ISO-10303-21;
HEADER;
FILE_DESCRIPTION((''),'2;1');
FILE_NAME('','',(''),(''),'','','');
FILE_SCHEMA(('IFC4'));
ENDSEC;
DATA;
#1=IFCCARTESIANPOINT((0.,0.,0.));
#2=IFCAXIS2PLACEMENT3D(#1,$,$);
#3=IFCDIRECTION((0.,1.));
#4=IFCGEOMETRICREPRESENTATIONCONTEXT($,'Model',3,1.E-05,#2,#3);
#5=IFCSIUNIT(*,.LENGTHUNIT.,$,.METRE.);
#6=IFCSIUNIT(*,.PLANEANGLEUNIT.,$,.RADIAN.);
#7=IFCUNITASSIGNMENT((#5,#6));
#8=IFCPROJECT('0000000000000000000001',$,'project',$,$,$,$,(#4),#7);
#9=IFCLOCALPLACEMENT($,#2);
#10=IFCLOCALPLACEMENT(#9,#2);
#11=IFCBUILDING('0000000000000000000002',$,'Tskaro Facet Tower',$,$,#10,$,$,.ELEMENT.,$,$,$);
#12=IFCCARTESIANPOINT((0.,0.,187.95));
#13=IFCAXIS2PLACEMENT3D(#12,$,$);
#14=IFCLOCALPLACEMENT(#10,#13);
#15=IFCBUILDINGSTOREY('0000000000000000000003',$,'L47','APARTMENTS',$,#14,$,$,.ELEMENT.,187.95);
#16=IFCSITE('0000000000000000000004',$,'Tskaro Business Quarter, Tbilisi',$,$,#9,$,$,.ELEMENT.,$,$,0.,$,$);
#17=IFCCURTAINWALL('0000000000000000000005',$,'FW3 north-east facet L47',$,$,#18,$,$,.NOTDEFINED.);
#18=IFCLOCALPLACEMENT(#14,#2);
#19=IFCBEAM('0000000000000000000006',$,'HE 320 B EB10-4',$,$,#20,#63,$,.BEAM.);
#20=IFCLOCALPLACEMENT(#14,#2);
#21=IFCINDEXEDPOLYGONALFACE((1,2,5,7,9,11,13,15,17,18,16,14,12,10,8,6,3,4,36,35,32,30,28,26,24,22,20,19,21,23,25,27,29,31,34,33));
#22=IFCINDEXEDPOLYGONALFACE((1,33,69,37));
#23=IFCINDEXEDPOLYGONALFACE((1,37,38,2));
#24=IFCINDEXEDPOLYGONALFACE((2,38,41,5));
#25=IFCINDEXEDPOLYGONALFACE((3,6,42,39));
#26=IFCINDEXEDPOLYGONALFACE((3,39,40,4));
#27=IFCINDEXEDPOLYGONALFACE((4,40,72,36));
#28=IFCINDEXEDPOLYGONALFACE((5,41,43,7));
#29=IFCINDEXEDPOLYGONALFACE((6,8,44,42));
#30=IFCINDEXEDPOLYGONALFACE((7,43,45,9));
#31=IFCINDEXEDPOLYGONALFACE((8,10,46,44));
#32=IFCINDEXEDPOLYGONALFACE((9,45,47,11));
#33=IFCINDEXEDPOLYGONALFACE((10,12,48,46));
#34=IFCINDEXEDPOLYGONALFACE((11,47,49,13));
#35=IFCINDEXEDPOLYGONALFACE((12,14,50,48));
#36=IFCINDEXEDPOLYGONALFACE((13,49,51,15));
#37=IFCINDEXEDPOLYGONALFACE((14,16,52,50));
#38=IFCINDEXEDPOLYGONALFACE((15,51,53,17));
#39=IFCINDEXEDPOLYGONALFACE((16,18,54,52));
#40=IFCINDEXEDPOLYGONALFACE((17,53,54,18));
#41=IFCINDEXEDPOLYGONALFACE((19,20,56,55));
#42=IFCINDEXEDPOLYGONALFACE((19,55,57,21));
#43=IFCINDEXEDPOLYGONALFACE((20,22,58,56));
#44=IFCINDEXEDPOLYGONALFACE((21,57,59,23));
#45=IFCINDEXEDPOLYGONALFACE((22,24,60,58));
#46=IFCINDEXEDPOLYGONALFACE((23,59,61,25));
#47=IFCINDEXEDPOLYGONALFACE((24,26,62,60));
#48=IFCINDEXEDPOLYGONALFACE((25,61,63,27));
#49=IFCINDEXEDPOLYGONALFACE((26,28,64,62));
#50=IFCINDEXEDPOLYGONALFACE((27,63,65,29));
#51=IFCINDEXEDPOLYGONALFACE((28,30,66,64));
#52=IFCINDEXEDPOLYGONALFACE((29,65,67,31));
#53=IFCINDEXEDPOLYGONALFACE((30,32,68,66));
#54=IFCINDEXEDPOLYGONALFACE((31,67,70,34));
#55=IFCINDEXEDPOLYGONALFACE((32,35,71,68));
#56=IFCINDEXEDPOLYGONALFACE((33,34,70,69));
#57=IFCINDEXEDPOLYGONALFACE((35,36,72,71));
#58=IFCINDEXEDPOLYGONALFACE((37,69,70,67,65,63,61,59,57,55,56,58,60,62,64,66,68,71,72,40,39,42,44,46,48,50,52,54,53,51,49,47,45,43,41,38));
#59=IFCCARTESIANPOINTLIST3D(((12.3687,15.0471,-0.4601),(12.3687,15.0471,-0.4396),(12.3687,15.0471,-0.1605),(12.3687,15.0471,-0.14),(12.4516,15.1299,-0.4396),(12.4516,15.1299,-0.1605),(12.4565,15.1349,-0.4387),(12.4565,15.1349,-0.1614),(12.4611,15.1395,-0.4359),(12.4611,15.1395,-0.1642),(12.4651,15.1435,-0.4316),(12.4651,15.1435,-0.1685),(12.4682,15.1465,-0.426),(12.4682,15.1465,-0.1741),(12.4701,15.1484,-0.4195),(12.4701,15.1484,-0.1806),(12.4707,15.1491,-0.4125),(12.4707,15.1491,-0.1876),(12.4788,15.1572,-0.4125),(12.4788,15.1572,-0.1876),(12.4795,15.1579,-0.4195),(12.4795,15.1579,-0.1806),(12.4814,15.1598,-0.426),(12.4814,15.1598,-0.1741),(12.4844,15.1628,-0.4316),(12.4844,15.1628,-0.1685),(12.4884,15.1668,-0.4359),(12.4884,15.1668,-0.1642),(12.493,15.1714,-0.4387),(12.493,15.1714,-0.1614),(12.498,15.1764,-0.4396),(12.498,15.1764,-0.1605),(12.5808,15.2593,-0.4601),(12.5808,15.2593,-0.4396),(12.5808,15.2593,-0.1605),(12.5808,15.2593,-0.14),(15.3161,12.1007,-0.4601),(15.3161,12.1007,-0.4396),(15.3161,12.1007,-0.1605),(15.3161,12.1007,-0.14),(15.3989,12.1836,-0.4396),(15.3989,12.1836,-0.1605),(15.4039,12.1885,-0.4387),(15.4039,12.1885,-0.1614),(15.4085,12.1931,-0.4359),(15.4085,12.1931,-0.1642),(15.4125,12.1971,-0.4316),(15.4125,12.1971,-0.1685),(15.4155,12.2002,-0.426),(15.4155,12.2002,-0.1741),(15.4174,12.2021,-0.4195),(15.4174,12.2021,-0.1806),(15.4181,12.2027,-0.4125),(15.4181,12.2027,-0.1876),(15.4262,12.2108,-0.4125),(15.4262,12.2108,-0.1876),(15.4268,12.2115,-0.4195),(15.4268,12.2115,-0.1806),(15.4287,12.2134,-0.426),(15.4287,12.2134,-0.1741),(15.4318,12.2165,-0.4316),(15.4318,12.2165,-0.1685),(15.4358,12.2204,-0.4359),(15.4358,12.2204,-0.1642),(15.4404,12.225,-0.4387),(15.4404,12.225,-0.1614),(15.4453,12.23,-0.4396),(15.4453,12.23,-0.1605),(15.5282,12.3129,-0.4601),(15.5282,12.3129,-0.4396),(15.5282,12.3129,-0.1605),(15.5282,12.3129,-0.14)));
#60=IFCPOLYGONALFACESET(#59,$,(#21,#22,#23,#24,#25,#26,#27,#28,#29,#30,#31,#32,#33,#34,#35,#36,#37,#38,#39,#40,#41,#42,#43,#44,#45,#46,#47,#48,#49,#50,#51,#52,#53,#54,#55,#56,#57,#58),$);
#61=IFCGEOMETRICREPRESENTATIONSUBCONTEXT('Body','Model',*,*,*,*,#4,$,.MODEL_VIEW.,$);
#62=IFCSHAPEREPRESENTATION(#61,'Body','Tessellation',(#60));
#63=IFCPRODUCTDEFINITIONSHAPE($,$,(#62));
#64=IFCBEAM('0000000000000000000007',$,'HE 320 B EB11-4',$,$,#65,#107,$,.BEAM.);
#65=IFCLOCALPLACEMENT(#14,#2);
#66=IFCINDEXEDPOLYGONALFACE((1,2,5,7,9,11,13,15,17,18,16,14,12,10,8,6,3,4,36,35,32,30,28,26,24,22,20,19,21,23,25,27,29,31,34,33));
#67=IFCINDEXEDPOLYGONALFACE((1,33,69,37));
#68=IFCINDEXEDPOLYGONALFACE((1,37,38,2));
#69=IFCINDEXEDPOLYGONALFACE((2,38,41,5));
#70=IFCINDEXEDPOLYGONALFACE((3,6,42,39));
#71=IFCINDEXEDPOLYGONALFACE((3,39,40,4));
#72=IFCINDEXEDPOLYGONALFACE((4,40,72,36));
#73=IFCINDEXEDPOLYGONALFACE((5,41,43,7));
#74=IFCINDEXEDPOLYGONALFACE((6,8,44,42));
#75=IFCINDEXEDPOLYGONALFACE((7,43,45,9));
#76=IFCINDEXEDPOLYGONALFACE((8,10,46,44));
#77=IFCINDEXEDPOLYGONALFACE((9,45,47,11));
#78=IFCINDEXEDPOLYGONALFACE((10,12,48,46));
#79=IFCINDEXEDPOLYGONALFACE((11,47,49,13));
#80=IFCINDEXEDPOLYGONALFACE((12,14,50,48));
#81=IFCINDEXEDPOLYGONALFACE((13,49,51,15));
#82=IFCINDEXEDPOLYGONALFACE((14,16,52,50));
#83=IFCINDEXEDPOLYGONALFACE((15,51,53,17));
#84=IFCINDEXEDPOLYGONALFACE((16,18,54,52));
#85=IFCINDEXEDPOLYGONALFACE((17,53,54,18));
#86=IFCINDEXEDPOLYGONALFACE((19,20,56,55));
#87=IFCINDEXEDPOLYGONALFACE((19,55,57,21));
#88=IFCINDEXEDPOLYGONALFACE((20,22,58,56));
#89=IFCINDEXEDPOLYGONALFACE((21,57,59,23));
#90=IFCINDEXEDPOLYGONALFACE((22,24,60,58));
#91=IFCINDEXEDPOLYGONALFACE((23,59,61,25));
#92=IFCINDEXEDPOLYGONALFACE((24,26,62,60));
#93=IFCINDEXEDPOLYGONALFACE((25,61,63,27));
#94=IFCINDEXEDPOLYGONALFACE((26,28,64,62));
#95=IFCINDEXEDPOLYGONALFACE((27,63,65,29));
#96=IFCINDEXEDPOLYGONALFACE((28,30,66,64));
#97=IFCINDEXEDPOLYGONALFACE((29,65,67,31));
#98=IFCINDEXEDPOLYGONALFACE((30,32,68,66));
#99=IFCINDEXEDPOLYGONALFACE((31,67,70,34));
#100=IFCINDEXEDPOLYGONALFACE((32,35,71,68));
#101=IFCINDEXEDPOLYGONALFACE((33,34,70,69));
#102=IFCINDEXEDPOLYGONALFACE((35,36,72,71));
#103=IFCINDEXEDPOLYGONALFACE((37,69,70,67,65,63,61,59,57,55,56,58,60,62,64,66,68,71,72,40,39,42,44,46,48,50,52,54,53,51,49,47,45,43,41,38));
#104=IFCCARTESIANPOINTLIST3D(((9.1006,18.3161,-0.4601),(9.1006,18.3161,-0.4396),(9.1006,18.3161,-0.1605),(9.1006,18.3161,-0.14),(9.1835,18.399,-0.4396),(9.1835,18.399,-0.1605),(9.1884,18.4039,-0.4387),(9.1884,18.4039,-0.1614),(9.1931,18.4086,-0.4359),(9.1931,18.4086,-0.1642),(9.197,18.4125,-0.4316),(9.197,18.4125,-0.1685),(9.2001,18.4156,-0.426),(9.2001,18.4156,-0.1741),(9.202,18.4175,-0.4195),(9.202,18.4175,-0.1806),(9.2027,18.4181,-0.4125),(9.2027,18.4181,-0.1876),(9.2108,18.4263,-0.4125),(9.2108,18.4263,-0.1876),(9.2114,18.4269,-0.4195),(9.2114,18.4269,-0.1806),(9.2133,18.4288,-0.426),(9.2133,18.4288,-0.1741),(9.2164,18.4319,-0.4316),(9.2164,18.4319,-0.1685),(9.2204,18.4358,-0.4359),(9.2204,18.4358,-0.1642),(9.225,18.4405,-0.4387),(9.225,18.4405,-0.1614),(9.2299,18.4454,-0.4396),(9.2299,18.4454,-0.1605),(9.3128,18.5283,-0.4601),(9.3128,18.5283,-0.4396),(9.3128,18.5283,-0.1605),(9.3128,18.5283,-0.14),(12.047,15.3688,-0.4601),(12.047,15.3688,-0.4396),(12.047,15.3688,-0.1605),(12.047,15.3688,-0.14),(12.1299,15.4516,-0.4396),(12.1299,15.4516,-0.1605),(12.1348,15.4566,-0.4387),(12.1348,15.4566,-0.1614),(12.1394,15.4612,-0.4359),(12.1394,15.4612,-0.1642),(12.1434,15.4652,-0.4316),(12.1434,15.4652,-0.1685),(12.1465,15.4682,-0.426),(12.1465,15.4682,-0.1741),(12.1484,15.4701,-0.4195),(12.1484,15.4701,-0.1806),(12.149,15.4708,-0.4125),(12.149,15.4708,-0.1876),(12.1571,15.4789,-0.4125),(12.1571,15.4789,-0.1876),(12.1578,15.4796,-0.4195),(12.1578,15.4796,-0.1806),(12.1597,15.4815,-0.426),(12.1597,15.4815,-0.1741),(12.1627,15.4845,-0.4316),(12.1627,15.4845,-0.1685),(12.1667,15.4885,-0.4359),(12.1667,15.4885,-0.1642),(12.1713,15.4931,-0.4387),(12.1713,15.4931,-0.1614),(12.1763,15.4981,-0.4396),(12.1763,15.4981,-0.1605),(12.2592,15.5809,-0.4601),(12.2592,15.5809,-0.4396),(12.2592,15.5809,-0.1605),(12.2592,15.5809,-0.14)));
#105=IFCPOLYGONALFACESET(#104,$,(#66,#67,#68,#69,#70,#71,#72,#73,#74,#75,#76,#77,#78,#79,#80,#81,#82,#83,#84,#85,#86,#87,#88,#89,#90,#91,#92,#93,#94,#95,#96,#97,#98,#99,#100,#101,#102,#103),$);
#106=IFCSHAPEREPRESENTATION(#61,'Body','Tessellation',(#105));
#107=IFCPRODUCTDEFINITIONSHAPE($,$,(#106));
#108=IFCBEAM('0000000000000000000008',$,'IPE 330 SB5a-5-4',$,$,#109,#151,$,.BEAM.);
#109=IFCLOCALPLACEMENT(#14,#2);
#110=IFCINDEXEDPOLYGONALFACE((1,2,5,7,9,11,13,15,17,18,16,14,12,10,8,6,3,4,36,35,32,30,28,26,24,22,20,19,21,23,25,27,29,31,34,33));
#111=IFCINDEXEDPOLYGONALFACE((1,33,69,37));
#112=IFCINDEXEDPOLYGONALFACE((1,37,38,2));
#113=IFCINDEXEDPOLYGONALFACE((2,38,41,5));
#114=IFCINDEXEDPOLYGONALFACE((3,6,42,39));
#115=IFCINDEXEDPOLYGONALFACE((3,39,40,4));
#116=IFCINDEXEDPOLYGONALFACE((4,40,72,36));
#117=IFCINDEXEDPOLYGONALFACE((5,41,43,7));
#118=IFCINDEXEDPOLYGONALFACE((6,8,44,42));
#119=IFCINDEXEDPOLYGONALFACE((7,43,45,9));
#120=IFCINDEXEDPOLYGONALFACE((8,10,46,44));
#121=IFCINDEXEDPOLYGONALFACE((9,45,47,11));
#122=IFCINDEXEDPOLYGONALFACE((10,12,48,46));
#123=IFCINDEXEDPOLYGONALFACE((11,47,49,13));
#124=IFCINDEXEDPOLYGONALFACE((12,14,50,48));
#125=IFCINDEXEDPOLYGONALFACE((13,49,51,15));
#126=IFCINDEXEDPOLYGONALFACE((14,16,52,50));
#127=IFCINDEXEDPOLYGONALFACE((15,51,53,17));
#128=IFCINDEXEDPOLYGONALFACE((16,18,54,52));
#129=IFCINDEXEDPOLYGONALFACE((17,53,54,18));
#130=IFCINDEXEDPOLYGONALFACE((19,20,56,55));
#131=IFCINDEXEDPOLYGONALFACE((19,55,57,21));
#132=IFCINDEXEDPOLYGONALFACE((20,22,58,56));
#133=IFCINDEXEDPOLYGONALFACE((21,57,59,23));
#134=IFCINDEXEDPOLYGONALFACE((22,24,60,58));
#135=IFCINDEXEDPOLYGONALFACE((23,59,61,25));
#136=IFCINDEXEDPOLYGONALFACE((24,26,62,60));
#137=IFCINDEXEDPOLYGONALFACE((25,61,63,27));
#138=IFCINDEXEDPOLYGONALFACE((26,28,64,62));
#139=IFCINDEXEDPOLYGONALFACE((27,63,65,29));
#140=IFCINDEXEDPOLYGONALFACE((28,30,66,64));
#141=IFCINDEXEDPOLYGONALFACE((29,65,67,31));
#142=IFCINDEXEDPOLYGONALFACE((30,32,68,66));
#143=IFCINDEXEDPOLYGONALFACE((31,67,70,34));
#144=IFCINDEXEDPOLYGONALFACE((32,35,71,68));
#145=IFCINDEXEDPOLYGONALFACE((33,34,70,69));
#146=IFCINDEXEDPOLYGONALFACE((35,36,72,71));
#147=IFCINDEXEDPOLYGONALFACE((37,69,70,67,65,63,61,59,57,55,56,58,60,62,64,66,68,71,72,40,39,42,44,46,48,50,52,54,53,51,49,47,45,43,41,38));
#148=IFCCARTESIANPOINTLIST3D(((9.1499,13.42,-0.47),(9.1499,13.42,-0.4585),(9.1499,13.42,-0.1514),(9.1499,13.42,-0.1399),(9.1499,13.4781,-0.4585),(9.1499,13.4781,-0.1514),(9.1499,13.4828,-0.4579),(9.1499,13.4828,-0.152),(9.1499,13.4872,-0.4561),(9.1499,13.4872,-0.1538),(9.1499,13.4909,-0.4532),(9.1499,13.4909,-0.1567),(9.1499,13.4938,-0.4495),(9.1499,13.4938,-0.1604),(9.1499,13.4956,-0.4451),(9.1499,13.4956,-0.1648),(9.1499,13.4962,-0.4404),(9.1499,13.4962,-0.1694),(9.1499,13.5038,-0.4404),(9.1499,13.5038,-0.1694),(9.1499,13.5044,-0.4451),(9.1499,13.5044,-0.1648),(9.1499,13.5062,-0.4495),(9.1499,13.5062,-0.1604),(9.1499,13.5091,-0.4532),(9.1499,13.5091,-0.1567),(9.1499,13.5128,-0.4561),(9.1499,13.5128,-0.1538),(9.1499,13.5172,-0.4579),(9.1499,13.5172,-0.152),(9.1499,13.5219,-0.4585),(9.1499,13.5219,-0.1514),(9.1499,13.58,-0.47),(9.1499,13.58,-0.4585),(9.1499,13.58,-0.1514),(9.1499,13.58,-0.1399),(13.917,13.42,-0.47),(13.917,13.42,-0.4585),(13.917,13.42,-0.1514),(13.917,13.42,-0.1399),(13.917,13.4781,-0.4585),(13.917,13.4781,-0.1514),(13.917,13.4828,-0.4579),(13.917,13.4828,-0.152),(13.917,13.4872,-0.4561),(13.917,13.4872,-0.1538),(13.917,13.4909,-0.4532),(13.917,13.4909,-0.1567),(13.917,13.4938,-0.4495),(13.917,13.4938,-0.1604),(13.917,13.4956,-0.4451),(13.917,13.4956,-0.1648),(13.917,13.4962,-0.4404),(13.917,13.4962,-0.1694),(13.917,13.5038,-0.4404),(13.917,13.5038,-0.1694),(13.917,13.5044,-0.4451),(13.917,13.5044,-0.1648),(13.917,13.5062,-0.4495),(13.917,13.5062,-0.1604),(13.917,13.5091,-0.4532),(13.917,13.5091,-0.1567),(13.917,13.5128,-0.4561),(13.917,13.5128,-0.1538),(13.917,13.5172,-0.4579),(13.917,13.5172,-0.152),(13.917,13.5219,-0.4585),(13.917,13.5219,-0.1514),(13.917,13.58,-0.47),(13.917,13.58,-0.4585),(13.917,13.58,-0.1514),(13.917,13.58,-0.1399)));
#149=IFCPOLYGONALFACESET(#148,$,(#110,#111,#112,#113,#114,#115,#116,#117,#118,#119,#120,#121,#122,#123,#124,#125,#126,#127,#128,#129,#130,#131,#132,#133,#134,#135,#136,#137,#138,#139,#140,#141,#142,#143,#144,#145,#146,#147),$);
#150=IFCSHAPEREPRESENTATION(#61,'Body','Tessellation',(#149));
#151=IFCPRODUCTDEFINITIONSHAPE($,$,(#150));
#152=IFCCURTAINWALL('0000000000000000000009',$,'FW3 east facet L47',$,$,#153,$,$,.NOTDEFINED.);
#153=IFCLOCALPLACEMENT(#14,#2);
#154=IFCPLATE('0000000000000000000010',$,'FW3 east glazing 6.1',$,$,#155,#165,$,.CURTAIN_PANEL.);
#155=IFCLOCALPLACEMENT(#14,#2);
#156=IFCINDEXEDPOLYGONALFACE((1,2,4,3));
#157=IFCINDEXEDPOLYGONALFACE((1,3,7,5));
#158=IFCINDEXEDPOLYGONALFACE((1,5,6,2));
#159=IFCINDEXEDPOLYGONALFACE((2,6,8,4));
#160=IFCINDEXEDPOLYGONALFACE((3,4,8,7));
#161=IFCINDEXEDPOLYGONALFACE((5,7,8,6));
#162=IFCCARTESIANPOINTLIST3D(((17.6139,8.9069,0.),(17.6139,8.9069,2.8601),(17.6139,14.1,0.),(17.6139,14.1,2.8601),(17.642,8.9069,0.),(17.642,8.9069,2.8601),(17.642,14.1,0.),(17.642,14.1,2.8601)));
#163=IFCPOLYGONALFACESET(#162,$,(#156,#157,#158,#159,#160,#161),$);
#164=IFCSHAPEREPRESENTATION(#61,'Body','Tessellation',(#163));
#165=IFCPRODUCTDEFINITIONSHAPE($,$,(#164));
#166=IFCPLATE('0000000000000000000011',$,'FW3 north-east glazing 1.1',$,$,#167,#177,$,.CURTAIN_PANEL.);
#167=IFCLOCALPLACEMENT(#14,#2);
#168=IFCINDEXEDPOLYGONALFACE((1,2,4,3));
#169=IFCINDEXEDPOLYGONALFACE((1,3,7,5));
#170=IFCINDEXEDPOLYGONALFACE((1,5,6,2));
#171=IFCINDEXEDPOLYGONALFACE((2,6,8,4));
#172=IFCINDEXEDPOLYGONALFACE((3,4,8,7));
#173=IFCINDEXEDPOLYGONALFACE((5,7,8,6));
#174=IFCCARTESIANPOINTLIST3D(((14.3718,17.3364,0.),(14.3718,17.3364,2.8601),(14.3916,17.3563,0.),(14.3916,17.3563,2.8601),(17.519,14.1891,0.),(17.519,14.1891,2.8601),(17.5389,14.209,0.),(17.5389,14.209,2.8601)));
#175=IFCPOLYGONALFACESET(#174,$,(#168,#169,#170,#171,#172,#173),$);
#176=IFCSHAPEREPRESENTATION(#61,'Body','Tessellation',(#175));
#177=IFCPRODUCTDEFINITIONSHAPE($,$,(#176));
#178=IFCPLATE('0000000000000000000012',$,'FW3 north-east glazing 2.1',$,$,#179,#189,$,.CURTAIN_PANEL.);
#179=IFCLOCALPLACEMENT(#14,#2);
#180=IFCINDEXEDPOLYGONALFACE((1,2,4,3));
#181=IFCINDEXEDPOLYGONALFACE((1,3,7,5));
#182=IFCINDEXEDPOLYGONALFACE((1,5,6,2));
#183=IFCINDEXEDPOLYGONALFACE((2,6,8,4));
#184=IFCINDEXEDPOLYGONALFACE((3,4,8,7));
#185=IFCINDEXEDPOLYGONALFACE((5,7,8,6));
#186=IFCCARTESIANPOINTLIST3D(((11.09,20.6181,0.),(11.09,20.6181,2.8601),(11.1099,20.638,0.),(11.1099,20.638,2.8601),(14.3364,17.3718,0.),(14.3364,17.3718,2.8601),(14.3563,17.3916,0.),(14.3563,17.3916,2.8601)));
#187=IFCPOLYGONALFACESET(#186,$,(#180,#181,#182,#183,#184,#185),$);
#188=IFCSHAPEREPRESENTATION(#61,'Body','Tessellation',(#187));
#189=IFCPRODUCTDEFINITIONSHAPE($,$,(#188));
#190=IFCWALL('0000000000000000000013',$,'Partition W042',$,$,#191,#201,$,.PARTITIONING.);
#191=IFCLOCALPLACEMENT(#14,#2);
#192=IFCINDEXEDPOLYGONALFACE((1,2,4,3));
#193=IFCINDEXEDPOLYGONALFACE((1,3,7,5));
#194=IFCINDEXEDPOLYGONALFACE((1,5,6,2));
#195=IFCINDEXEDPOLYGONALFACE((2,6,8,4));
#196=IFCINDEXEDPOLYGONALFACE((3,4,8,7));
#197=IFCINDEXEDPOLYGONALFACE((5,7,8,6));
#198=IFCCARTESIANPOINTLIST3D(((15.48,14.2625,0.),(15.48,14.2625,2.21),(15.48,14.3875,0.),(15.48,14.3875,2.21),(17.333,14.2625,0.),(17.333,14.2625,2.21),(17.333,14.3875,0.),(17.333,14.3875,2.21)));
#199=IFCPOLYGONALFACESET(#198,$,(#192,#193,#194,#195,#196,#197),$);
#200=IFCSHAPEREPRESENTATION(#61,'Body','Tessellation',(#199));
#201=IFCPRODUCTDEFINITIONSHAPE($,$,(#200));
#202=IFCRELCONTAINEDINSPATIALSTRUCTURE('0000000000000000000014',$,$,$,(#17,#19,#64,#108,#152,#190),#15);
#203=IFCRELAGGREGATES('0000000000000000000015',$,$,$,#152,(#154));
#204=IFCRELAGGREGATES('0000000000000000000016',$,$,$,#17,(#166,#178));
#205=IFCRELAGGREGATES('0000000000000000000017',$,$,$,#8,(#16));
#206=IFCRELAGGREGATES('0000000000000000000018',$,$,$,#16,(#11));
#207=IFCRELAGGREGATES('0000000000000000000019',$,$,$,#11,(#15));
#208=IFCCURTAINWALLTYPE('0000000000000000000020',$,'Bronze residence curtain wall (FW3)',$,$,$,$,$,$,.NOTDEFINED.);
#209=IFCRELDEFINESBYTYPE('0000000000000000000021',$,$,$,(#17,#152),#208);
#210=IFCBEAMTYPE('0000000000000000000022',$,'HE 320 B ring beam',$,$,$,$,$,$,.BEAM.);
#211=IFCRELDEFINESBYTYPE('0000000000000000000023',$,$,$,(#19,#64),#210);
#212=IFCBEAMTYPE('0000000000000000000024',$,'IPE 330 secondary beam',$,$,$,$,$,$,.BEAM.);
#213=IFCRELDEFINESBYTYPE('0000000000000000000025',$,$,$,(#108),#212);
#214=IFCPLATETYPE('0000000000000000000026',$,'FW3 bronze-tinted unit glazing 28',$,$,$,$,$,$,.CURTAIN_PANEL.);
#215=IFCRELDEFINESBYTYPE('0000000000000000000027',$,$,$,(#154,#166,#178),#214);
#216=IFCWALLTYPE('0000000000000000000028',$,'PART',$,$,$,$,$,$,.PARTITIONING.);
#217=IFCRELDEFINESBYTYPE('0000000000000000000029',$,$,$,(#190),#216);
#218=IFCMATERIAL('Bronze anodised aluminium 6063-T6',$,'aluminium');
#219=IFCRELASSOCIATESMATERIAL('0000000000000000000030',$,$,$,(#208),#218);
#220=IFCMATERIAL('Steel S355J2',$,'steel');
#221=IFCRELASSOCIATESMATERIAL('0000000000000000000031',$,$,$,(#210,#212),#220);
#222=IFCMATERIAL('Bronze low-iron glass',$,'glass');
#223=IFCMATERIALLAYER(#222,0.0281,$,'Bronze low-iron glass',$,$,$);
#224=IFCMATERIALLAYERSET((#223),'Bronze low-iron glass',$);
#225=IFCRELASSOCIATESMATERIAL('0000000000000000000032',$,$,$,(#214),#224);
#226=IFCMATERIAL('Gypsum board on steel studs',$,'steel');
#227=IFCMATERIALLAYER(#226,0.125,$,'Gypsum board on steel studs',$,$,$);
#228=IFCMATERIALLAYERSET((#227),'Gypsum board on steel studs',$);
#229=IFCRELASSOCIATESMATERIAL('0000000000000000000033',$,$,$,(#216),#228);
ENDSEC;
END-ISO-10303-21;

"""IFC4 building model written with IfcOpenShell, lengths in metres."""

from ifc_helpers import new_model, si_unit, direction, frame, frame_2d, origin, origin_2d, place, context, subcontext, project, spatial, rectangle, i_section, extrude, material, layer, layer_set, material_profile, profile_set, type_object, element, aggregate, save


model = new_model("IFC4")

# Units and contexts
model_context = context("Model", 3, precision=1e-05, world=origin(), true_north=direction((0.0, 1.0)))
body_context = subcontext(model_context, "Body", "Model", "MODEL_VIEW")
ifc_project = project(units=[si_unit("LENGTHUNIT", "METRE"), si_unit("PLANEANGLEUNIT", "RADIAN")], contexts=[model_context])

# Site, building, storey
site_placement = place(None, origin())
site = spatial("IfcSite", under=ifc_project, at=site_placement, Name="Tskaro Business Quarter, Tbilisi", CompositionType="ELEMENT", RefElevation=0.0)
building_placement = place(site_placement, origin())
building = spatial("IfcBuilding", under=site, at=building_placement, Name="Tskaro Facet Tower", CompositionType="ELEMENT")
storey_placement = place(building_placement, frame((0.0, 0.0, 187.95)))
storey = spatial("IfcBuildingStorey", under=building, at=storey_placement, Name="L47", Description="APARTMENTS", CompositionType="ELEMENT", Elevation=187.95)

# Curtain wall
ifc_material_1 = material(Name="Bronze anodised aluminium 6063-T6", Category="aluminium")
curtain_wall_type = type_object("IfcCurtainWallType", Name="Bronze residence curtain wall (FW3)", PredefinedType="NOTDEFINED", material=ifc_material_1)
curtain_wall_1_placement = place(storey_placement, origin())
curtain_wall_1 = element("IfcCurtainWall", 1, at=curtain_wall_1_placement, inside=storey, type_object=curtain_wall_type, Name="FW3 north-east facet L47", PredefinedType="NOTDEFINED")

# Beams
ifc_material_2 = material(Name="Steel S355J2", Category="steel")
ifc_material_profile_1 = material_profile(ifc_material_2, i_section(OverallWidth=0.3, OverallDepth=0.3201, WebThickness=0.0115, FlangeThickness=0.0205, FilletRadius=0.0271, at=origin_2d()), Name="HE 320 B")
ifc_profile_set_1 = profile_set([ifc_material_profile_1], Name="Steel S355J2")
beam_type_1 = type_object("IfcBeamType", Name="HE 320 B ring beam", PredefinedType="BEAM", material=ifc_profile_set_1)
for number, where, z_axis, x_axis, name in (
    (2, (15.4221, 12.2068, -0.3), (-0.707224, 0.70699, 0.0), (-0.70699, -0.707224, 0.0), "HE 320 B EB10-4"),
    (3, (12.1531, 15.4749, -0.3), (-0.70699, 0.707224, 0.0), (-0.707224, -0.70699, 0.0), "HE 320 B EB11-4"),
):
    element("IfcBeam", number, at=place(storey_placement, frame(where, z_axis=z_axis, x_axis=x_axis)), inside=storey, type_object=beam_type_1, Name=name, PredefinedType="BEAM", context=body_context, shape_type="SweptSolid", body=[
        extrude(i_section(OverallWidth=0.3, OverallDepth=0.3201, WebThickness=0.0115, FlangeThickness=0.0205, FilletRadius=0.0271, at=origin_2d()), origin(), (0.0, 0.0, 1.0), 4.1675),
    ])
ifc_material_profile_2 = material_profile(ifc_material_2, i_section(OverallWidth=0.1599, OverallDepth=0.3301, WebThickness=0.0076, FlangeThickness=0.0115, FilletRadius=0.0181, at=origin_2d()), Name="IPE 330")
ifc_profile_set_2 = profile_set([ifc_material_profile_2], Name="Steel S355J2")
beam_type_2 = type_object("IfcBeamType", Name="IPE 330 secondary beam", PredefinedType="BEAM", material=ifc_profile_set_2)
beam_placement = place(storey_placement, frame((9.1499, 13.5, -0.3049), z_axis=(1.0, 0.0, 0.0), x_axis=(0.0, 1.0, 0.0)))
element("IfcBeam", 4, at=beam_placement, inside=storey, type_object=beam_type_2, Name="IPE 330 SB5a-5-4", PredefinedType="BEAM", context=body_context, shape_type="SweptSolid", body=[
    extrude(i_section(OverallWidth=0.1599, OverallDepth=0.3301, WebThickness=0.0076, FlangeThickness=0.0115, FilletRadius=0.0181, at=origin_2d()), origin(), (0.0, 0.0, 1.0), 4.7671),
])

# Curtain wall, plate
curtain_wall_2_placement = place(storey_placement, origin())
curtain_wall_2 = element("IfcCurtainWall", 5, at=curtain_wall_2_placement, inside=storey, type_object=curtain_wall_type, Name="FW3 east facet L47", PredefinedType="NOTDEFINED")
ifc_material_3 = material(Name="Bronze low-iron glass", Category="glass")
ifc_layer_1 = layer(ifc_material_3, 0.0281, Name="Bronze low-iron glass")
ifc_layer_set_1 = layer_set([ifc_layer_1], Name="Bronze low-iron glass")
plate_type = type_object("IfcPlateType", Name="FW3 bronze-tinted unit glazing 28", PredefinedType="CURTAIN_PANEL", material=ifc_layer_set_1)
plate_1_placement = place(storey_placement, frame((17.6279, 11.5034, 0.0), z_axis=(0.0, 0.0, 1.0), x_axis=(0.0, 1.0, 0.0)))
plate_1 = element("IfcPlate", 6, at=plate_1_placement, type_object=plate_type, Name="FW3 east glazing 6.1", PredefinedType="CURTAIN_PANEL", context=body_context, shape_type="SweptSolid", body=[
    extrude(rectangle(XDim=5.1931, YDim=0.0281, at=origin_2d()), origin(), (0.0, 0.0, 1.0), 2.8601),
])
aggregate(curtain_wall_2, [plate_1])

# Plates
plate_2_placement = place(storey_placement, frame((15.9553, 15.7727, 0.0), z_axis=(0.0, 0.0, 1.0), x_axis=(-0.707107, 0.707107, 0.0)))
plate_2 = element("IfcPlate", 7, at=plate_2_placement, type_object=plate_type, Name="FW3 north-east glazing 1.1", PredefinedType="CURTAIN_PANEL", context=body_context, shape_type="SweptSolid", body=[
    extrude(rectangle(XDim=4.4509, YDim=0.0281, at=origin_2d()), origin(), (0.0, 0.0, 1.0), 2.8601),
])
plate_3_placement = place(storey_placement, frame((12.7231, 19.0049, 0.0), z_axis=(0.0, 0.0, 1.0), x_axis=(-0.707107, 0.707107, 0.0)))
plate_3 = element("IfcPlate", 8, at=plate_3_placement, type_object=plate_type, Name="FW3 north-east glazing 2.1", PredefinedType="CURTAIN_PANEL", context=body_context, shape_type="SweptSolid", body=[
    extrude(rectangle(XDim=4.5911, YDim=0.0281, at=origin_2d()), origin(), (0.0, 0.0, 1.0), 2.8601),
])
aggregate(curtain_wall_1, [plate_2, plate_3])

# Wall
ifc_material_4 = material(Name="Gypsum board on steel studs", Category="steel")
ifc_layer_2 = layer(ifc_material_4, 0.125, Name="Gypsum board on steel studs")
ifc_layer_set_2 = layer_set([ifc_layer_2], Name="Gypsum board on steel studs")
wall_type_1 = type_object("IfcWallType", Name="PART", PredefinedType="PARTITIONING", material=ifc_layer_set_2)
wall_1_placement = place(storey_placement, frame((15.48, 14.325, 0.0), z_axis=(0.0, 0.0, 1.0), x_axis=(1.0, 0.0, 0.0)))
element("IfcWall", 9, at=wall_1_placement, inside=storey, type_object=wall_type_1, Name="Partition W042", PredefinedType="PARTITIONING", context=body_context, shape_type="SweptSolid", body=[
    extrude(rectangle(XDim=1.853, YDim=0.125, at=frame_2d((0.9265, 0.0))), origin(), (0.0, 0.0, 1.0), 2.21),
])

save(model, "model.ifc")
